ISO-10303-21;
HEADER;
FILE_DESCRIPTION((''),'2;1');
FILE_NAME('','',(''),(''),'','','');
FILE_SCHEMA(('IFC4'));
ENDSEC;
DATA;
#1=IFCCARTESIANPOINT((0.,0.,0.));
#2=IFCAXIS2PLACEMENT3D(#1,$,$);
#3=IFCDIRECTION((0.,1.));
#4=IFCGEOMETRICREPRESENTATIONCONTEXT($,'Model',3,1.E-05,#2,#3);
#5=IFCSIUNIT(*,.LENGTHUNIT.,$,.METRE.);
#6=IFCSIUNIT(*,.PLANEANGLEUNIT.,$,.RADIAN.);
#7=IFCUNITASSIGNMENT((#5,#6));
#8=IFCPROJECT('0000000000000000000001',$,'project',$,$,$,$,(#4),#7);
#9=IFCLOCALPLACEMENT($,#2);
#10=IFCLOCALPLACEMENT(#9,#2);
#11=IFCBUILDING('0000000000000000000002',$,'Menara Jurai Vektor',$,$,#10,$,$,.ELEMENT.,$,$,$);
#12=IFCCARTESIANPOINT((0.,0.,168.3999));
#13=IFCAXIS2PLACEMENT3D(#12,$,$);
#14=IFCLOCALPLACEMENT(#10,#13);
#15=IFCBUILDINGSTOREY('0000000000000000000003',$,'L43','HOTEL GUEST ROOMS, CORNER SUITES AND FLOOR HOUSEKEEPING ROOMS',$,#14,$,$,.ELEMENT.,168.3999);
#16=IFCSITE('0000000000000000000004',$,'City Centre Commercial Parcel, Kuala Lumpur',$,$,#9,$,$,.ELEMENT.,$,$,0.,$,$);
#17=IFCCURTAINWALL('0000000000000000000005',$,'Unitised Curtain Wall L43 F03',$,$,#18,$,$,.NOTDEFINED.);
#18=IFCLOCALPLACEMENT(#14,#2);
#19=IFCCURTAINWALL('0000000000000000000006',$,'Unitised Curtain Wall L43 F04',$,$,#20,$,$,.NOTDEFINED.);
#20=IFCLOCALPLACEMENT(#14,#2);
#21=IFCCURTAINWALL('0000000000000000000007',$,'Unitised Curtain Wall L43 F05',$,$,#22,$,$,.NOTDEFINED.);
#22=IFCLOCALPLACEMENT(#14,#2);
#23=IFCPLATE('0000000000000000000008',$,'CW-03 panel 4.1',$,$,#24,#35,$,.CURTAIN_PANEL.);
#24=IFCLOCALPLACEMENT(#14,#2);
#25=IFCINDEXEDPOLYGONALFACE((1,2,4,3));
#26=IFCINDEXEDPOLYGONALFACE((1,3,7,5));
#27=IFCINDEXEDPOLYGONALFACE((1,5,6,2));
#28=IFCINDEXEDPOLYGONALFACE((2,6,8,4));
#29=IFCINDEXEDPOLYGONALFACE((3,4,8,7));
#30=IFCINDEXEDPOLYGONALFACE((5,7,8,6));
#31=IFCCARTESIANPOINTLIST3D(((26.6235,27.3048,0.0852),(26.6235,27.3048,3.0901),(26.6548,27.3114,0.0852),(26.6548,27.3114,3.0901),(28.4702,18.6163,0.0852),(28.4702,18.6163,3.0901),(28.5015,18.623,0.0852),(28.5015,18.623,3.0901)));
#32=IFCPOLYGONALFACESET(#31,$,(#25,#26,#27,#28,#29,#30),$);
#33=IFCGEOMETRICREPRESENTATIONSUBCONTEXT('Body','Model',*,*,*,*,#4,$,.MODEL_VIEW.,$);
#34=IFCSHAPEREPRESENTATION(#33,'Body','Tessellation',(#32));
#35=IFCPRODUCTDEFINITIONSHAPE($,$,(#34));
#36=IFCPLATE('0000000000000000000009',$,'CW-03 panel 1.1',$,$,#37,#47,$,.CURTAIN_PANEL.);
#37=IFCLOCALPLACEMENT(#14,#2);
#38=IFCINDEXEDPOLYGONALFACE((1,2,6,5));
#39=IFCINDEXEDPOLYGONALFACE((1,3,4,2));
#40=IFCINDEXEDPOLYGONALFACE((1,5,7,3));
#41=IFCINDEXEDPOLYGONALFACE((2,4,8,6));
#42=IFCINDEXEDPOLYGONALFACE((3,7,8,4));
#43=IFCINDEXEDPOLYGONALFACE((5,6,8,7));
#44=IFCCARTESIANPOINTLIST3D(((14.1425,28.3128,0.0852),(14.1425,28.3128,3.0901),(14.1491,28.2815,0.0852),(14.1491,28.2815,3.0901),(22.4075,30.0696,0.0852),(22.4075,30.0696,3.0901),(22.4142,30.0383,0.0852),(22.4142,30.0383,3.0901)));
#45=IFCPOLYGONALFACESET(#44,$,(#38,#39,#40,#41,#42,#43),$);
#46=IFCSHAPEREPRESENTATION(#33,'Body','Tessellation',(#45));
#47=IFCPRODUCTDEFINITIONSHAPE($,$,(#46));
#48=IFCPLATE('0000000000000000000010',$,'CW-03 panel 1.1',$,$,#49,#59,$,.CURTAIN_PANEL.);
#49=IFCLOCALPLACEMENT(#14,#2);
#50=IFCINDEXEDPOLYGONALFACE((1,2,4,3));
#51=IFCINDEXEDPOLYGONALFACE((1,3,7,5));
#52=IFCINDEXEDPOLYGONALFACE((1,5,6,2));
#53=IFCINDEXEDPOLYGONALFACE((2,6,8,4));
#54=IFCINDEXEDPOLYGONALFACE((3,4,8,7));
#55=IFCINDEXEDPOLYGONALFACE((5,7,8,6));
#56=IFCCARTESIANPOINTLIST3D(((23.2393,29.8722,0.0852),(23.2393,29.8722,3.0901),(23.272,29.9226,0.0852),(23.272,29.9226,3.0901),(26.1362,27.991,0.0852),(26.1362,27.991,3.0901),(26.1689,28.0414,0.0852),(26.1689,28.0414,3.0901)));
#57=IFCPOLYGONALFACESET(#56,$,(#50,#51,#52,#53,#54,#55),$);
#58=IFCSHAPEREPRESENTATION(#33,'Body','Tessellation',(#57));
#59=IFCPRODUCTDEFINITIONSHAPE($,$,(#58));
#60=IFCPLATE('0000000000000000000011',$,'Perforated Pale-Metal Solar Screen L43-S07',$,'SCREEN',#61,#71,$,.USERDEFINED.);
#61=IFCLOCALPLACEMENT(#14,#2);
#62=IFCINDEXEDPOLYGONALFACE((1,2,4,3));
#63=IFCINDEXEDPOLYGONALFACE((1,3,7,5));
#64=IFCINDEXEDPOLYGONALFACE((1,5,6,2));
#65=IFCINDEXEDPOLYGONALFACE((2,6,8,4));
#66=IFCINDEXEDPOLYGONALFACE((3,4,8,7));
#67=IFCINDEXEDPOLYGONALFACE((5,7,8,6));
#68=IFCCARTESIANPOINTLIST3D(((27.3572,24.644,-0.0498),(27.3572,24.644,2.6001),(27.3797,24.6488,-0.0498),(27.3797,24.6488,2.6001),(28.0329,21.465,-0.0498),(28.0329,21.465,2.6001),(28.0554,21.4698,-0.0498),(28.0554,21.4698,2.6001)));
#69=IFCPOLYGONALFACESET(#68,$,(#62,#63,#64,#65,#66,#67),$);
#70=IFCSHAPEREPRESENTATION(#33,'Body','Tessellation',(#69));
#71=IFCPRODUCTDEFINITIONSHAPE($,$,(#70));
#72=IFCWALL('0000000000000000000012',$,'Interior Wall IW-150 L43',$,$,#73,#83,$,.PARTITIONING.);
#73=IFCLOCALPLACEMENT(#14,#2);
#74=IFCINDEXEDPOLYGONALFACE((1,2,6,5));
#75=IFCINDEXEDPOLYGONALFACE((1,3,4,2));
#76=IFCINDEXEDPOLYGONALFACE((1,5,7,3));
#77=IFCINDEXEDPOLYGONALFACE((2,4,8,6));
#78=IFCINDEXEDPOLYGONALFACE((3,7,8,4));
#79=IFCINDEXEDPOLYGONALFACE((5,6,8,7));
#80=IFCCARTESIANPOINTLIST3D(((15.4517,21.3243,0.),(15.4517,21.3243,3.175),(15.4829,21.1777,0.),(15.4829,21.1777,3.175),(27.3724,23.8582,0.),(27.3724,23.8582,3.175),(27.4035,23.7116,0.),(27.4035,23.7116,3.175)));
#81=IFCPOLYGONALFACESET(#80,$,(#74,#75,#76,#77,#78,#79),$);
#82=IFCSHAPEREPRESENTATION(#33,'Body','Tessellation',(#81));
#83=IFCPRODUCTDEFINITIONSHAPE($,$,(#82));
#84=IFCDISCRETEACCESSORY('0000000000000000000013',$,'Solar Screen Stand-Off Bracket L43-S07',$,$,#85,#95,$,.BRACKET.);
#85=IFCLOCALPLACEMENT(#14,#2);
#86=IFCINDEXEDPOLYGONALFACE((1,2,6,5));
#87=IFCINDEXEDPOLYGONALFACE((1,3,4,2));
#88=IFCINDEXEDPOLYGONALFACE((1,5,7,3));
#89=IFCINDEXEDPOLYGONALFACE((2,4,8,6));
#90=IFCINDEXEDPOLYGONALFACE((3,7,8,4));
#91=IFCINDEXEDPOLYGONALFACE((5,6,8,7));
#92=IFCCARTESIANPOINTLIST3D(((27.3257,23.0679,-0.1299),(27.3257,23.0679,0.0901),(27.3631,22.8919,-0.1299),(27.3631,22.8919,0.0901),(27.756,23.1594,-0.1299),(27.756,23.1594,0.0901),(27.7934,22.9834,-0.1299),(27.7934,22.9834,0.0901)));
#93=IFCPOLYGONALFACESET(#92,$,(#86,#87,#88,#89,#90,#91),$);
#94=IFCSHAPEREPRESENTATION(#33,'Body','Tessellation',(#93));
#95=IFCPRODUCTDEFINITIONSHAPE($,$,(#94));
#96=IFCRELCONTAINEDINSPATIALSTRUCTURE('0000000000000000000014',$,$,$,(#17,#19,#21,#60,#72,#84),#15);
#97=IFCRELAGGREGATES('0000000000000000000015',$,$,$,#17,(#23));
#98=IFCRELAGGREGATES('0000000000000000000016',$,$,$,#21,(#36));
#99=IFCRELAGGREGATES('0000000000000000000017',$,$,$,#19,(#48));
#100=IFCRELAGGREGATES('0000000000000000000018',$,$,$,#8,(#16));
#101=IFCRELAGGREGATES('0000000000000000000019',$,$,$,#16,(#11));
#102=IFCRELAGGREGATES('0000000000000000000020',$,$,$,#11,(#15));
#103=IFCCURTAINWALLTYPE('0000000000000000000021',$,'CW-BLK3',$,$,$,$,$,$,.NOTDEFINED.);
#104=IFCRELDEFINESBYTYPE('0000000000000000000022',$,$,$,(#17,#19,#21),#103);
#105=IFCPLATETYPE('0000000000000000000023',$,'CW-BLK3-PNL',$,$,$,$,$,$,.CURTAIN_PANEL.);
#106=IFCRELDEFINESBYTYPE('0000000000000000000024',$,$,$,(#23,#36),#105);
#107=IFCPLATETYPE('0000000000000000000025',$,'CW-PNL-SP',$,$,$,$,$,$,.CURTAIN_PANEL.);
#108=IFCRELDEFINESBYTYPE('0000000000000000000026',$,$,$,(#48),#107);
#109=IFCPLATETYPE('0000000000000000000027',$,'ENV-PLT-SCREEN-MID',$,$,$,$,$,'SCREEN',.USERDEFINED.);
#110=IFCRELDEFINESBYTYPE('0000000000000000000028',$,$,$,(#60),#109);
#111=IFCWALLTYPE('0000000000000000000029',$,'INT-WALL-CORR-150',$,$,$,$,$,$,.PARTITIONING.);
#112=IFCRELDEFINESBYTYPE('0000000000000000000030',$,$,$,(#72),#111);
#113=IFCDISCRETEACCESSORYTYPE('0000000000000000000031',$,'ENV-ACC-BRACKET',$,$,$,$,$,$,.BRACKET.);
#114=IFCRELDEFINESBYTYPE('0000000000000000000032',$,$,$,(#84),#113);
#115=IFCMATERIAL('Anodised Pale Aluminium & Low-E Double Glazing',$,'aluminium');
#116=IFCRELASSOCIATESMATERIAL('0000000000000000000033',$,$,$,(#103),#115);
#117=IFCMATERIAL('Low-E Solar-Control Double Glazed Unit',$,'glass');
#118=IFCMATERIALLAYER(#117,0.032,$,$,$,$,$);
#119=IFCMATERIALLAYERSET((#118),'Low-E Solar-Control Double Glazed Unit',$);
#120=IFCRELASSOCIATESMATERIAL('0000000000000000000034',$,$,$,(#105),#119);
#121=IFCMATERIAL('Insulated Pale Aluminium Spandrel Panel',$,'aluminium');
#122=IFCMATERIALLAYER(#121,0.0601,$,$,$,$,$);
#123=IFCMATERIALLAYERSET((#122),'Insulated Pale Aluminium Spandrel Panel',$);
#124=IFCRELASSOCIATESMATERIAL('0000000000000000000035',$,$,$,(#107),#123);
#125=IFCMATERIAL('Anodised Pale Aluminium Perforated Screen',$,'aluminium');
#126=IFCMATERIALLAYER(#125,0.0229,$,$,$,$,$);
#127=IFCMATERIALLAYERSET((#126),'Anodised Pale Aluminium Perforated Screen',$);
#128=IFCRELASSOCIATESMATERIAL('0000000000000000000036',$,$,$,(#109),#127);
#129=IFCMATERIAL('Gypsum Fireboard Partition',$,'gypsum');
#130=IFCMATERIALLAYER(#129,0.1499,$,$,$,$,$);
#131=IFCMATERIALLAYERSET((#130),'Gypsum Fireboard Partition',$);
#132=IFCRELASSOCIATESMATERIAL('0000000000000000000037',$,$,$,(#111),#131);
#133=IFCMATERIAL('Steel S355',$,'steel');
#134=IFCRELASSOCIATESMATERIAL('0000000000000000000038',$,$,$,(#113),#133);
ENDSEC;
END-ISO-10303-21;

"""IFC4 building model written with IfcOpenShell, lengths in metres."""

from ifc_helpers import new_model, si_unit, direction, frame, frame_2d, origin, origin_2d, place, context, subcontext, project, spatial, rectangle, extrude, material, layer, layer_set, type_object, element, aggregate, save


model = new_model("IFC4")

# Units and contexts
model_context = context("Model", 3, precision=1e-05, world=origin(), true_north=direction((0.0, 1.0)))
body_context = subcontext(model_context, "Body", "Model", "MODEL_VIEW")
ifc_project = project(units=[si_unit("LENGTHUNIT", "METRE"), si_unit("PLANEANGLEUNIT", "RADIAN")], contexts=[model_context])

# Site, building, storey
site_placement = place(None, origin())
site = spatial("IfcSite", under=ifc_project, at=site_placement, Name="City Centre Commercial Parcel, Kuala Lumpur", CompositionType="ELEMENT", RefElevation=0.0)
building_placement = place(site_placement, origin())
building = spatial("IfcBuilding", under=site, at=building_placement, Name="Menara Jurai Vektor", CompositionType="ELEMENT")
storey_placement = place(building_placement, frame((0.0, 0.0, 168.3999)))
storey = spatial("IfcBuildingStorey", under=building, at=storey_placement, Name="L43", Description="HOTEL GUEST ROOMS, CORNER SUITES AND FLOOR HOUSEKEEPING ROOMS", CompositionType="ELEMENT", Elevation=168.3999)

# Curtain walls
ifc_material_1 = material(Name="Anodised Pale Aluminium & Low-E Double Glazing", Category="aluminium")
curtain_wall_type = type_object("IfcCurtainWallType", Name="CW-BLK3", PredefinedType="NOTDEFINED", material=ifc_material_1)
curtain_wall_1_placement = place(storey_placement, origin())
curtain_wall_1 = element("IfcCurtainWall", 1, at=curtain_wall_1_placement, inside=storey, type_object=curtain_wall_type, Name="Unitised Curtain Wall L43 F03", PredefinedType="NOTDEFINED")
curtain_wall_2_placement = place(storey_placement, origin())
curtain_wall_2 = element("IfcCurtainWall", 2, at=curtain_wall_2_placement, inside=storey, type_object=curtain_wall_type, Name="Unitised Curtain Wall L43 F04", PredefinedType="NOTDEFINED")

# Curtain wall
curtain_wall_3_placement = place(storey_placement, origin())
curtain_wall_3 = element("IfcCurtainWall", 3, at=curtain_wall_3_placement, inside=storey, type_object=curtain_wall_type, Name="Unitised Curtain Wall L43 F05", PredefinedType="NOTDEFINED")

# Shared definitions
ifc_material_2 = material(Name="Steel S355", Category="steel")

# Plates
ifc_material_3 = material(Name="Low-E Solar-Control Double Glazed Unit", Category="glass")
ifc_layer_1 = layer(ifc_material_3, 0.032)
ifc_layer_set_1 = layer_set([ifc_layer_1], Name="Low-E Solar-Control Double Glazed Unit")
plate_type_1 = type_object("IfcPlateType", Name="CW-BLK3-PNL", PredefinedType="CURTAIN_PANEL", material=ifc_layer_set_1)
plate_1_placement = place(storey_placement, frame((27.5625, 22.9639, 0.0852), z_axis=(0.0, 0.0, 1.0), x_axis=(-0.20791, 0.978148, 0.0)))
plate_1 = element("IfcPlate", 4, at=plate_1_placement, type_object=plate_type_1, Name="CW-03 panel 4.1", PredefinedType="CURTAIN_PANEL", context=body_context, shape_type="SweptSolid", body=[
    extrude(rectangle(XDim=8.8826, YDim=0.032, at=origin_2d()), origin(), (0.0, 0.0, 1.0), 3.0049),
])
aggregate(curtain_wall_1, [plate_1])
plate_2_placement = place(storey_placement, frame((18.2783, 29.1755, 0.0852), z_axis=(0.0, 0.0, 1.0), x_axis=(-0.978148, -0.207911, 0.0)))
plate_2 = element("IfcPlate", 5, at=plate_2_placement, type_object=plate_type_1, Name="CW-03 panel 1.1", PredefinedType="CURTAIN_PANEL", context=body_context, shape_type="SweptSolid", body=[
    extrude(rectangle(XDim=8.4497, YDim=0.032, at=origin_2d()), origin(), (0.0, 0.0, 1.0), 3.0049),
])
aggregate(curtain_wall_3, [plate_2])
ifc_material_4 = material(Name="Insulated Pale Aluminium Spandrel Panel", Category="aluminium")
ifc_layer_2 = layer(ifc_material_4, 0.0601)
ifc_layer_set_2 = layer_set([ifc_layer_2], Name="Insulated Pale Aluminium Spandrel Panel")
plate_type_2 = type_object("IfcPlateType", Name="CW-PNL-SP", PredefinedType="CURTAIN_PANEL", material=ifc_layer_set_2)
plate_3_placement = place(storey_placement, frame((24.7041, 28.9568, 0.0852), z_axis=(0.0, 0.0, 1.0), x_axis=(-0.838684, 0.544618, 0.0)))
plate_3 = element("IfcPlate", 6, at=plate_3_placement, type_object=plate_type_2, Name="CW-03 panel 1.1", PredefinedType="CURTAIN_PANEL", context=body_context, shape_type="SweptSolid", body=[
    extrude(rectangle(XDim=3.4541, YDim=0.0601, at=origin_2d()), origin(), (0.0, 0.0, 1.0), 3.0049),
])
aggregate(curtain_wall_2, [plate_3])
ifc_material_5 = material(Name="Anodised Pale Aluminium Perforated Screen", Category="aluminium")
ifc_layer_3 = layer(ifc_material_5, 0.0229)
ifc_layer_set_3 = layer_set([ifc_layer_3], Name="Anodised Pale Aluminium Perforated Screen")
plate_type_3 = type_object("IfcPlateType", Name="ENV-PLT-SCREEN-MID", ElementType="SCREEN", PredefinedType="USERDEFINED", material=ifc_layer_set_3)
plate_4_placement = place(storey_placement, frame((27.7063, 23.0569, -0.0498), z_axis=(0.0, 0.0, 1.0), x_axis=(-0.207912, 0.978148, 0.0)))
element("IfcPlate", 7, at=plate_4_placement, inside=storey, type_object=plate_type_3, Name="Perforated Pale-Metal Solar Screen L43-S07", ObjectType="SCREEN", PredefinedType="USERDEFINED", context=body_context, shape_type="SweptSolid", body=[
    extrude(rectangle(XDim=3.25, YDim=0.0229, at=origin_2d()), origin(), (0.0, 0.0, 1.0), 2.6499),
])

# Wall
ifc_material_6 = material(Name="Gypsum Fireboard Partition", Category="gypsum")
ifc_layer_4 = layer(ifc_material_6, 0.1499)
ifc_layer_set_4 = layer_set([ifc_layer_4], Name="Gypsum Fireboard Partition")
wall_type = type_object("IfcWallType", Name="INT-WALL-CORR-150", PredefinedType="PARTITIONING", material=ifc_layer_set_4)
wall_1_placement = place(storey_placement, frame((15.4673, 21.251, 0.0), z_axis=(0.0, 0.0, 1.0), x_axis=(0.978146, 0.207921, 0.0)))
element("IfcWall", 8, at=wall_1_placement, inside=storey, type_object=wall_type, Name="Interior Wall IW-150 L43", PredefinedType="PARTITIONING", context=body_context, shape_type="SweptSolid", body=[
    extrude(rectangle(XDim=12.187, YDim=0.1499, at=frame_2d((6.0935, 0.0))), origin(), (0.0, 0.0, 1.0), 3.175),
])

# Discrete accessory
discrete_accessory_type = type_object("IfcDiscreteAccessoryType", Name="ENV-ACC-BRACKET", PredefinedType="BRACKET", material=ifc_material_2)
discrete_accessory_placement = place(storey_placement, frame((27.5596, 23.0256, -0.1299), z_axis=(0.0, 0.0, 1.0), x_axis=(-0.207912, 0.978148, 0.0)))
element("IfcDiscreteAccessory", 9, at=discrete_accessory_placement, inside=storey, type_object=discrete_accessory_type, Name="Solar Screen Stand-Off Bracket L43-S07", PredefinedType="BRACKET", context=body_context, shape_type="SweptSolid", body=[
    extrude(rectangle(XDim=0.1799, YDim=0.4399, at=origin_2d()), origin(), (0.0, 0.0, 1.0), 0.22),
])

save(model, "model.ifc")
